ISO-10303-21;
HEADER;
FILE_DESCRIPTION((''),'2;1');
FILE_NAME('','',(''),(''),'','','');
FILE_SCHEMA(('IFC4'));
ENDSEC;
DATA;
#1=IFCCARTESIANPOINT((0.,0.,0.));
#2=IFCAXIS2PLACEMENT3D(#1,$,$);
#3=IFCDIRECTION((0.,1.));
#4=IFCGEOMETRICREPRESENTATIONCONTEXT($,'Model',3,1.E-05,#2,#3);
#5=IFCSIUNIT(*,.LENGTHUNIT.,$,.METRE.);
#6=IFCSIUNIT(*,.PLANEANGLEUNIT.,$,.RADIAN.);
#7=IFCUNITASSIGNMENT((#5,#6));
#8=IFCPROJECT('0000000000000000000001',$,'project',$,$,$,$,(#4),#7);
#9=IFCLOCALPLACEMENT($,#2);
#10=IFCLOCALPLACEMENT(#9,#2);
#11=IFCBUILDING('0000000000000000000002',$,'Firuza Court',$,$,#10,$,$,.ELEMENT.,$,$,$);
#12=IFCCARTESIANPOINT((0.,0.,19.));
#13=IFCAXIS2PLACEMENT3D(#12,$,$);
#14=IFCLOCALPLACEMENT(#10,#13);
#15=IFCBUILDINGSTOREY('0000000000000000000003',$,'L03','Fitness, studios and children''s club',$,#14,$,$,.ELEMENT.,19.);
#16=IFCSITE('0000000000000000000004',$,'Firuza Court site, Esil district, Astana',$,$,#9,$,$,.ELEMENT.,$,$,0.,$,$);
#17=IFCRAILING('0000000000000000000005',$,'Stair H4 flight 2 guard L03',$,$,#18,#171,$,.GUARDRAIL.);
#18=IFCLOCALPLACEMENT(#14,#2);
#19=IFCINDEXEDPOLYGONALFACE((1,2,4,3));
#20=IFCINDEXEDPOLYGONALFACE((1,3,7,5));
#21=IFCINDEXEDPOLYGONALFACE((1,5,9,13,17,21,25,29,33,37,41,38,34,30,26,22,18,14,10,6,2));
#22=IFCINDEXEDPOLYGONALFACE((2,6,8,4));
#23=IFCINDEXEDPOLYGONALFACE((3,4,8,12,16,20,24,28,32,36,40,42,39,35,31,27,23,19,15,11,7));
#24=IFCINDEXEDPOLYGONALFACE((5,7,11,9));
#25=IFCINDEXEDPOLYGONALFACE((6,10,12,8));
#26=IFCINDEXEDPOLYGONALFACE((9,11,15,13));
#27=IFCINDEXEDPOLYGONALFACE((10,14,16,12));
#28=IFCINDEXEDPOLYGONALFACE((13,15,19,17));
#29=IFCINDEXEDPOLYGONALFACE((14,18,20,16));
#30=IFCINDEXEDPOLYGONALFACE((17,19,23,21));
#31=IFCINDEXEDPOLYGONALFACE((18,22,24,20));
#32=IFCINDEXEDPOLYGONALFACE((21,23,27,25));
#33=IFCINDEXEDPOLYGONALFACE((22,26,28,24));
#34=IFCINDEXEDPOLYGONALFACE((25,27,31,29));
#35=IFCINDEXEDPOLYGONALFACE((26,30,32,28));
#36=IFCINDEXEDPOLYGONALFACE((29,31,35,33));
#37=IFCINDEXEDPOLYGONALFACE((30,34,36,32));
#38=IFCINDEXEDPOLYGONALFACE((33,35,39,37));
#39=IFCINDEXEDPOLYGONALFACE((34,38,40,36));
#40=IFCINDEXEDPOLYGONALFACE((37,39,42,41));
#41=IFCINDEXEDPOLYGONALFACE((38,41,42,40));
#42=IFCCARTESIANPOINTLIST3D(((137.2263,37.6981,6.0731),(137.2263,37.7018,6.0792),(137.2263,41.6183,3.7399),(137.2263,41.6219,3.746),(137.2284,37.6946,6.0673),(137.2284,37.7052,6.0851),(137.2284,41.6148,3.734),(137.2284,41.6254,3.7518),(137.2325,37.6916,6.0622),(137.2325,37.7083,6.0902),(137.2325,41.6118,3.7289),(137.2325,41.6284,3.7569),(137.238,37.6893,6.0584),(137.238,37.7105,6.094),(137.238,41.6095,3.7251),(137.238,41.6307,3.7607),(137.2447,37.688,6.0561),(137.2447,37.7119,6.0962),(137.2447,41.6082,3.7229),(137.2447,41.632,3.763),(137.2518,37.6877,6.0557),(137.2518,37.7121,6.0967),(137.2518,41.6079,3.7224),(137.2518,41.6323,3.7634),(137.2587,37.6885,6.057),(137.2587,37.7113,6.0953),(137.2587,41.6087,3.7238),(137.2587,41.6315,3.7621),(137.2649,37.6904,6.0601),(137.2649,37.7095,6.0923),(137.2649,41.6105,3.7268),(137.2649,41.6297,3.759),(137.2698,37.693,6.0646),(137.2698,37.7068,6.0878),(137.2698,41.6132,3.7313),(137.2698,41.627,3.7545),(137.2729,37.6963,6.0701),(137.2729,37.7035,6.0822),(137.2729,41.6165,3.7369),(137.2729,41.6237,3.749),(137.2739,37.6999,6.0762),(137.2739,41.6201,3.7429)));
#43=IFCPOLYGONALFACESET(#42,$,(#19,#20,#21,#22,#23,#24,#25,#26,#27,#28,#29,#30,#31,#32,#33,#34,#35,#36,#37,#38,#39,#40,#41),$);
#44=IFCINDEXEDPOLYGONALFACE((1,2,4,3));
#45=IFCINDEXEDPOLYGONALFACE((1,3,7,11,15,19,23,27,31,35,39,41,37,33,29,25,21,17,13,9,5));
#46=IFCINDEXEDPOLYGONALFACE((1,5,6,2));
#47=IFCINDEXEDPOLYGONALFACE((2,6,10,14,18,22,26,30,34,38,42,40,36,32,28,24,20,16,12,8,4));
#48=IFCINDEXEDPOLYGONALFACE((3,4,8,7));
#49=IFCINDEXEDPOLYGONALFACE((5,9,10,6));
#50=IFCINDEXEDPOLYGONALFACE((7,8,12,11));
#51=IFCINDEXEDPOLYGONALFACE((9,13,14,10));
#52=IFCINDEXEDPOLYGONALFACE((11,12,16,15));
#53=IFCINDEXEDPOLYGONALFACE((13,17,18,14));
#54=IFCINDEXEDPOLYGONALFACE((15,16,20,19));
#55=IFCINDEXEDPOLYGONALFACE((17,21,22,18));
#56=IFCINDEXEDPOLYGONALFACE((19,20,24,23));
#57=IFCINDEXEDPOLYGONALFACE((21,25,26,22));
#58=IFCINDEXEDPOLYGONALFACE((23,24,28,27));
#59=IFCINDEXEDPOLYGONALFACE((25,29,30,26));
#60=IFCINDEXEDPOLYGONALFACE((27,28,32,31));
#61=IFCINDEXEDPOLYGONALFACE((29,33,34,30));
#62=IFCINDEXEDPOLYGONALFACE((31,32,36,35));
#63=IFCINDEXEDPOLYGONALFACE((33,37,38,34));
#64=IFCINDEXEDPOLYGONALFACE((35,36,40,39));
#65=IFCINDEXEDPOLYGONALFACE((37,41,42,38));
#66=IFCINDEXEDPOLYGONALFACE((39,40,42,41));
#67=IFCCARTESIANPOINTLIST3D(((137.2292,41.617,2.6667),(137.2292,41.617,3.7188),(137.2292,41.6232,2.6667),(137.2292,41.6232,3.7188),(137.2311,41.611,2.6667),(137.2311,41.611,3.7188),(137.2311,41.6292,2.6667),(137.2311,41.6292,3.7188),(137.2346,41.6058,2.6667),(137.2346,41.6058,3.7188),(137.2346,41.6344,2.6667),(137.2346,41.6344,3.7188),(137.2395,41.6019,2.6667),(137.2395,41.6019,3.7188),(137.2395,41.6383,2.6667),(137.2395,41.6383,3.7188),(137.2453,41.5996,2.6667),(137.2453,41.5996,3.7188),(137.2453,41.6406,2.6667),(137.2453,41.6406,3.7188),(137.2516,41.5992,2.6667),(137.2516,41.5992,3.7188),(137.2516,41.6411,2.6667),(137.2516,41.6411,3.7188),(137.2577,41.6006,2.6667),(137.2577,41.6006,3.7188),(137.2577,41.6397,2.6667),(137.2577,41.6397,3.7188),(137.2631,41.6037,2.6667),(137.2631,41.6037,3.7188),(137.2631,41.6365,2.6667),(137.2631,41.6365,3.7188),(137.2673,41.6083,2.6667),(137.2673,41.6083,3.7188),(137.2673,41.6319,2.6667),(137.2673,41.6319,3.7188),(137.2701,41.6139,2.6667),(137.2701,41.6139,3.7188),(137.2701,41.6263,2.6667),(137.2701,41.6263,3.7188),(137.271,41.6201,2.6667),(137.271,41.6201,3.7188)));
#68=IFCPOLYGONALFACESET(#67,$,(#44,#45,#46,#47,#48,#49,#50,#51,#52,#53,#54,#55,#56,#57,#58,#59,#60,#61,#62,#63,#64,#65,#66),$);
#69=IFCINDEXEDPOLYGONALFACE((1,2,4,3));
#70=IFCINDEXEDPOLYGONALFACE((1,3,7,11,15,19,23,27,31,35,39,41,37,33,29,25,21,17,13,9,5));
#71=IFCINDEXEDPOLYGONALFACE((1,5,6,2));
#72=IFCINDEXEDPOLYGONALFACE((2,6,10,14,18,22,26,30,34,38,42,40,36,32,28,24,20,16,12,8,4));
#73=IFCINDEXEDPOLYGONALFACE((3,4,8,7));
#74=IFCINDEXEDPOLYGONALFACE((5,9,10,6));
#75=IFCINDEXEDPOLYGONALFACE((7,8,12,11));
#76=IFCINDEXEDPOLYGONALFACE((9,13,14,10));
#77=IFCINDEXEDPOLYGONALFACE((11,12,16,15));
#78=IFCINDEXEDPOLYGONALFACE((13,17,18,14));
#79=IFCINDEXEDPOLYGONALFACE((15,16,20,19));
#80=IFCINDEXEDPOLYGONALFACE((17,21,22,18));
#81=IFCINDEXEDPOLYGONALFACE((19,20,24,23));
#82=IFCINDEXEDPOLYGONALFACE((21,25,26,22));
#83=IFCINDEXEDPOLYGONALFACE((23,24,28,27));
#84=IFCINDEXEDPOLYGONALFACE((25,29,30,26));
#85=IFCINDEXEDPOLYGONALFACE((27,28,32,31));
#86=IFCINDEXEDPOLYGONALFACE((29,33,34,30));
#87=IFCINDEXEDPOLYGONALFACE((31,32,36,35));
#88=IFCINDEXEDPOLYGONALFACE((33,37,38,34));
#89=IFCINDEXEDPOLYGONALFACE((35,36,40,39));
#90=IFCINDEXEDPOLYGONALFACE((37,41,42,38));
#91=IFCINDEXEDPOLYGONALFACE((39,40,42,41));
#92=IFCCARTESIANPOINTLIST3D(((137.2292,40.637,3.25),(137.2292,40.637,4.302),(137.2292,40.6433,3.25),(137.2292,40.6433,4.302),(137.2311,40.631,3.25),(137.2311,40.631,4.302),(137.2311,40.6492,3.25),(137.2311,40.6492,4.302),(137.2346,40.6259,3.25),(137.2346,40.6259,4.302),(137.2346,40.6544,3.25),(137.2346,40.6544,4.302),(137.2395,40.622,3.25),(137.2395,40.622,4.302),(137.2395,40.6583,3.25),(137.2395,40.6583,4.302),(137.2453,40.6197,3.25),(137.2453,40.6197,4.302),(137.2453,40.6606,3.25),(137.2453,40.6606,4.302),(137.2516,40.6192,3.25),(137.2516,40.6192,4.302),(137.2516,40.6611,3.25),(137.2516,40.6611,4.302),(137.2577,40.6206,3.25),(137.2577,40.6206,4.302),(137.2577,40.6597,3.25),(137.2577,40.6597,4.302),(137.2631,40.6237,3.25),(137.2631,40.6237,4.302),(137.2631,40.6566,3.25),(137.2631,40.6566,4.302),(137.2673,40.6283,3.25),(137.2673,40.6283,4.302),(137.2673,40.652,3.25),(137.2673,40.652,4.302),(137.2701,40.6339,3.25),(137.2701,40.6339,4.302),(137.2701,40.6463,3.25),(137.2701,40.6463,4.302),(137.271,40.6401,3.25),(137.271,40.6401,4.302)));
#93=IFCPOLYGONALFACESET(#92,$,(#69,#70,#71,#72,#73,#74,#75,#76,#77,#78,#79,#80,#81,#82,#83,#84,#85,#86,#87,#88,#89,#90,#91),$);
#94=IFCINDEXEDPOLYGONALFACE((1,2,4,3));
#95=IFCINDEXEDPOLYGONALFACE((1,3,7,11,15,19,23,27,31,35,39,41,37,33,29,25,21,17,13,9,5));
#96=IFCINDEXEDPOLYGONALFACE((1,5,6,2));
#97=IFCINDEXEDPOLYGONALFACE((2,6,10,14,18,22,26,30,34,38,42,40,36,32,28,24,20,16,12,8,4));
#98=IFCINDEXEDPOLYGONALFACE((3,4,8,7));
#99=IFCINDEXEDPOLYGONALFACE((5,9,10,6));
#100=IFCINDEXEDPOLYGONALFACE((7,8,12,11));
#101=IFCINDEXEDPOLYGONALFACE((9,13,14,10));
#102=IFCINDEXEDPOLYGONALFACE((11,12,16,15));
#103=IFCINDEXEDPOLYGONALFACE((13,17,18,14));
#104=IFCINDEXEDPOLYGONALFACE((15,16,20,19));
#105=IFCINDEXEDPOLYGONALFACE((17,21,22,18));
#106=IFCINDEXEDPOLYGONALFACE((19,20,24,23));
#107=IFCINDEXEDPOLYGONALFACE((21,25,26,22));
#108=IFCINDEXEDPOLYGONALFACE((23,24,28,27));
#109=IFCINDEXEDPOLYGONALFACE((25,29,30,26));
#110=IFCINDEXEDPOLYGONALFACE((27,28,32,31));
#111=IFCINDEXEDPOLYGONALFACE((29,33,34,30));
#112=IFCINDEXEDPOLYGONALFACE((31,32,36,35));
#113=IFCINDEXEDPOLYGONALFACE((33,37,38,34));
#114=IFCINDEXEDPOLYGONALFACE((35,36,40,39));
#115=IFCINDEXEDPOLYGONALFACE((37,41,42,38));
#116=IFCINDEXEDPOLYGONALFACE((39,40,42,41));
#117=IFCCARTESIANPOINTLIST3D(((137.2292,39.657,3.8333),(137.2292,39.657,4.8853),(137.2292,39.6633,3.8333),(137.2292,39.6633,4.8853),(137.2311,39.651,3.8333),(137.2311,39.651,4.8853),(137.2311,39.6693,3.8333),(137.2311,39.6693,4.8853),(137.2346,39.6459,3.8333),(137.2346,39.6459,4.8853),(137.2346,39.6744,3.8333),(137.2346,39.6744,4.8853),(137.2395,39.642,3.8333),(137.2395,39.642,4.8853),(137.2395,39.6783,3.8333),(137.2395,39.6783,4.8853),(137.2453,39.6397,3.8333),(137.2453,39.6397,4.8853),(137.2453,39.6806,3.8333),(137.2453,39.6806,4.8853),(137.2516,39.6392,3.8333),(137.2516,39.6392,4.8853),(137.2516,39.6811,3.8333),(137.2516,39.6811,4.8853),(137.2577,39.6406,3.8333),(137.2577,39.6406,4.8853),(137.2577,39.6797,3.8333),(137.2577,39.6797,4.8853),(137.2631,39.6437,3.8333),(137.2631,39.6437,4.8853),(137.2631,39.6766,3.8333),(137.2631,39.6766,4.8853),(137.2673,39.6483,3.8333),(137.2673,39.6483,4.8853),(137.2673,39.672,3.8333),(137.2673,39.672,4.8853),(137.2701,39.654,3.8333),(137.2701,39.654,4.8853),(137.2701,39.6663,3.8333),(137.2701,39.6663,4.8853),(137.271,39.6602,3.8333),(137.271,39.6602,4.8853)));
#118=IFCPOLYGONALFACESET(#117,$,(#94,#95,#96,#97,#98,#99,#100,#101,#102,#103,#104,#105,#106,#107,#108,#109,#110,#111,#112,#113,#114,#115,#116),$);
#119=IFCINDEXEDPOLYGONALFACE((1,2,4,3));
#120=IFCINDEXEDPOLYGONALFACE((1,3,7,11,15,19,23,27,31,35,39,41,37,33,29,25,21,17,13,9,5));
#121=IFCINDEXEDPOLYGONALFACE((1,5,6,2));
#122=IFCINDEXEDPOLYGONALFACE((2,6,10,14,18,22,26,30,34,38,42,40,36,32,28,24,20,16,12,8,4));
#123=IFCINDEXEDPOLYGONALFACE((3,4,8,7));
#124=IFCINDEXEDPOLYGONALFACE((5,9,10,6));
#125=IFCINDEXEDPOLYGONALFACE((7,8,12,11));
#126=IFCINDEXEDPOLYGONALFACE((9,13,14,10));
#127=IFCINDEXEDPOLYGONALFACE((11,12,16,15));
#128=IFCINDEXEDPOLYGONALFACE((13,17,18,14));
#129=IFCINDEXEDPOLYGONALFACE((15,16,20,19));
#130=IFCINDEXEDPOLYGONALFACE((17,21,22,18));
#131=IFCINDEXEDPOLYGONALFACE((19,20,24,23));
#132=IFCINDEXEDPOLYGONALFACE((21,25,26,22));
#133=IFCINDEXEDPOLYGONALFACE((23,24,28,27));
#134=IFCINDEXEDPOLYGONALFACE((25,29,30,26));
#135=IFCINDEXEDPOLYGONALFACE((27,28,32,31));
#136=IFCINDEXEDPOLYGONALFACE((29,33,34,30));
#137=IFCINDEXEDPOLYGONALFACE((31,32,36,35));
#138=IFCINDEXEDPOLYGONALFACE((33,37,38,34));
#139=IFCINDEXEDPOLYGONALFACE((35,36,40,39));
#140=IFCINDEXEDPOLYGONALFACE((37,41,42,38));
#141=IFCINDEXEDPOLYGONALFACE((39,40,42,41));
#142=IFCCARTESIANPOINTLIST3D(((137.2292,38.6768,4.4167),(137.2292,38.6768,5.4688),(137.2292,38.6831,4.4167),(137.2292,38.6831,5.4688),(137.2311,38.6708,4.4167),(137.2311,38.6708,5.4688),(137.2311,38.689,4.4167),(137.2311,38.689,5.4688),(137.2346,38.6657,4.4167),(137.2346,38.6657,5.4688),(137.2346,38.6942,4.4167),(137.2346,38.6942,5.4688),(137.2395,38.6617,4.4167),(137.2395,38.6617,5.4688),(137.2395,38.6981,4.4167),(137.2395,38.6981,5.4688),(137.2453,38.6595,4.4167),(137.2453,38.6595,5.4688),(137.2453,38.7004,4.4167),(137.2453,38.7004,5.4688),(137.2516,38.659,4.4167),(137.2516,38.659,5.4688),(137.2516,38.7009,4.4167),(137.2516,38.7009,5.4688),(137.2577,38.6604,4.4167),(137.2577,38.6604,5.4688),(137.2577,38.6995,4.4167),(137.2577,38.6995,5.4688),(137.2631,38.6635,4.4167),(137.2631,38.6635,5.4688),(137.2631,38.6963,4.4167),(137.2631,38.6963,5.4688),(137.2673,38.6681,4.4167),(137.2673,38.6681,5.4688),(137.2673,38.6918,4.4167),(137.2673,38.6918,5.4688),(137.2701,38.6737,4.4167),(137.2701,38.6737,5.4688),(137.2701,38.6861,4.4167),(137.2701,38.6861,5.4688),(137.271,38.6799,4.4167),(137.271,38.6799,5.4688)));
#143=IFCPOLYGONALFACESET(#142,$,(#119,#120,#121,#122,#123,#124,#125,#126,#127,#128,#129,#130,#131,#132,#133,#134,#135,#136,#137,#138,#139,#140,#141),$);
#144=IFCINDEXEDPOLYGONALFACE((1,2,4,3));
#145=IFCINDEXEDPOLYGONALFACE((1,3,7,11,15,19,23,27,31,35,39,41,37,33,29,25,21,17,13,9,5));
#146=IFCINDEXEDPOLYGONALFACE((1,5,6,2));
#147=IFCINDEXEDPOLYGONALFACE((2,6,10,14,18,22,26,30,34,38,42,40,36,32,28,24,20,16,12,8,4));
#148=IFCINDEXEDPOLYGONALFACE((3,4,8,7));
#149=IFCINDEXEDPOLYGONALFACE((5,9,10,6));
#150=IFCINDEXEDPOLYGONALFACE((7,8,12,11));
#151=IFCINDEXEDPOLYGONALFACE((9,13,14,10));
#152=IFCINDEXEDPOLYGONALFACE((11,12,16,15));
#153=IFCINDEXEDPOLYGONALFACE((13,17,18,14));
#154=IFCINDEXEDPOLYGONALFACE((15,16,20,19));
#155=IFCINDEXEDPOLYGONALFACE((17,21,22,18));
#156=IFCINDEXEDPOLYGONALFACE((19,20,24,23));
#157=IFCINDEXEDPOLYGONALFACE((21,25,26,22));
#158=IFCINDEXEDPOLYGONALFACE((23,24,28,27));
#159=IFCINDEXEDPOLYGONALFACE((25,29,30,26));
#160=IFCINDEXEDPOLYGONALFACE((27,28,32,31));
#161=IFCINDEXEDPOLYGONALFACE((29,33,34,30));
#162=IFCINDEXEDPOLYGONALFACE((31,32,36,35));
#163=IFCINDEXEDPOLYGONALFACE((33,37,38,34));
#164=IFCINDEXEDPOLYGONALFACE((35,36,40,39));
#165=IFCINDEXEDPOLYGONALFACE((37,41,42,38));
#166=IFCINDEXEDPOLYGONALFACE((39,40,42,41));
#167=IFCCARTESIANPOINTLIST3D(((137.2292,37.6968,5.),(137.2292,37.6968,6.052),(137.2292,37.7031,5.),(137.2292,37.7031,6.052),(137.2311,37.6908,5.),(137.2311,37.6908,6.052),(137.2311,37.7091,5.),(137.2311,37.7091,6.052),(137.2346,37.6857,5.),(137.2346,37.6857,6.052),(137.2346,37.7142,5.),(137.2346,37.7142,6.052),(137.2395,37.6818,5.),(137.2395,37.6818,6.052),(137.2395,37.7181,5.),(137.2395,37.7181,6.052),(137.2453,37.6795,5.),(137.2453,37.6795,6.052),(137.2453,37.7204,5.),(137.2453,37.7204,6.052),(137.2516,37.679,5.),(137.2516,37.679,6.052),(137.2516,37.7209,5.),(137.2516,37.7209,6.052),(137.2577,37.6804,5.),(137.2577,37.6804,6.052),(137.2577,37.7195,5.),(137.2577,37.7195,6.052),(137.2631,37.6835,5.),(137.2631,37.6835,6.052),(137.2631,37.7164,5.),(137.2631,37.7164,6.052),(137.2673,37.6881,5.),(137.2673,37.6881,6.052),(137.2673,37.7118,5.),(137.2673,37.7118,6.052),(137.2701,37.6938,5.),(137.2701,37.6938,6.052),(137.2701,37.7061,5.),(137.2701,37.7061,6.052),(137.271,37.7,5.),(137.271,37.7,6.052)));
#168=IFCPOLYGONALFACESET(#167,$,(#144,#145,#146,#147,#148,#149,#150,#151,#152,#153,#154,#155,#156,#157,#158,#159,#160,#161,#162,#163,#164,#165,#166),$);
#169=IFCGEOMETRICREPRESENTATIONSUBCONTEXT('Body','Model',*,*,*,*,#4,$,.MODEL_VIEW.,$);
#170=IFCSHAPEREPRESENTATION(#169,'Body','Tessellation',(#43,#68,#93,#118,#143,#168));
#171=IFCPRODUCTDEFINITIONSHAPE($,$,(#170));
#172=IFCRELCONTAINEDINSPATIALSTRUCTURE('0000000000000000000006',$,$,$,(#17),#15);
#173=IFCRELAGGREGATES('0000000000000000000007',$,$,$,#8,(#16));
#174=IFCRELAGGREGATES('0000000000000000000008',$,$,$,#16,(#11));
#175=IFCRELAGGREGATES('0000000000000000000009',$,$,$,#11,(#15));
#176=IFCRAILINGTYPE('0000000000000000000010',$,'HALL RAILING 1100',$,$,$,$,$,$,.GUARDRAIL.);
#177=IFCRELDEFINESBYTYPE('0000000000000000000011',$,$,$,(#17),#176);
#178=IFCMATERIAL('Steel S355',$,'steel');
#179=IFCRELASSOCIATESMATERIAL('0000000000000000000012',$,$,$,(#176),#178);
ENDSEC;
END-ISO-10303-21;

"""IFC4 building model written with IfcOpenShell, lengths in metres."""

from ifc_helpers import new_model, si_unit, direction, frame, origin, origin_2d, place, context, subcontext, project, spatial, circle, extrude, material, type_object, element, save


model = new_model("IFC4")

# Units and contexts
model_context = context("Model", 3, precision=1e-05, world=origin(), true_north=direction((0.0, 1.0)))
body_context = subcontext(model_context, "Body", "Model", "MODEL_VIEW")
ifc_project = project(units=[si_unit("LENGTHUNIT", "METRE"), si_unit("PLANEANGLEUNIT", "RADIAN")], contexts=[model_context])

# Site, building, storey
site_placement = place(None, origin())
site = spatial("IfcSite", under=ifc_project, at=site_placement, Name="Firuza Court site, Esil district, Astana", CompositionType="ELEMENT", RefElevation=0.0)
building_placement = place(site_placement, origin())
building = spatial("IfcBuilding", under=site, at=building_placement, Name="Firuza Court", CompositionType="ELEMENT")
storey_placement = place(building_placement, frame((0.0, 0.0, 19.0)))
storey = spatial("IfcBuildingStorey", under=building, at=storey_placement, Name="L03", Description="Fitness, studios and children's club", CompositionType="ELEMENT", Elevation=19.0)

# Railing
ifc_material_1 = material(Name="Steel S355", Category="steel")
railing_type_1 = type_object("IfcRailingType", Name="HALL RAILING 1100", PredefinedType="GUARDRAIL", material=ifc_material_1)
railing_1_placement = place(storey_placement, frame((137.25, 41.6201, 2.6667)))
element("IfcRailing", 1, at=railing_1_placement, inside=storey, type_object=railing_type_1, Name="Stair H4 flight 2 guard L03", PredefinedType="GUARDRAIL", context=body_context, shape_type="SweptSolid", body=[
    extrude(circle(Radius=0.0239, at=origin_2d()), frame((0.0, 0.0, 1.0762), z_axis=(0.0, -0.85931, 0.511455), x_axis=(1.0, 0.0, 0.0)), (0.0, 0.0, 1.0), 4.562),
    extrude(circle(Radius=0.021, at=origin_2d()), origin(), (0.0, 0.0, 1.0), 1.052),
    extrude(circle(Radius=0.021, at=origin_2d()), frame((0.0, -0.98, 0.5833)), (0.0, 0.0, 1.0), 1.052),
    extrude(circle(Radius=0.021, at=origin_2d()), frame((0.0, -1.96, 1.1665)), (0.0, 0.0, 1.0), 1.052),
    extrude(circle(Radius=0.021, at=origin_2d()), frame((0.0, -2.9402, 1.75)), (0.0, 0.0, 1.0), 1.052),
    extrude(circle(Radius=0.021, at=origin_2d()), frame((0.0, -3.9202, 2.3333)), (0.0, 0.0, 1.0), 1.052),
])

save(model, "model.ifc")
